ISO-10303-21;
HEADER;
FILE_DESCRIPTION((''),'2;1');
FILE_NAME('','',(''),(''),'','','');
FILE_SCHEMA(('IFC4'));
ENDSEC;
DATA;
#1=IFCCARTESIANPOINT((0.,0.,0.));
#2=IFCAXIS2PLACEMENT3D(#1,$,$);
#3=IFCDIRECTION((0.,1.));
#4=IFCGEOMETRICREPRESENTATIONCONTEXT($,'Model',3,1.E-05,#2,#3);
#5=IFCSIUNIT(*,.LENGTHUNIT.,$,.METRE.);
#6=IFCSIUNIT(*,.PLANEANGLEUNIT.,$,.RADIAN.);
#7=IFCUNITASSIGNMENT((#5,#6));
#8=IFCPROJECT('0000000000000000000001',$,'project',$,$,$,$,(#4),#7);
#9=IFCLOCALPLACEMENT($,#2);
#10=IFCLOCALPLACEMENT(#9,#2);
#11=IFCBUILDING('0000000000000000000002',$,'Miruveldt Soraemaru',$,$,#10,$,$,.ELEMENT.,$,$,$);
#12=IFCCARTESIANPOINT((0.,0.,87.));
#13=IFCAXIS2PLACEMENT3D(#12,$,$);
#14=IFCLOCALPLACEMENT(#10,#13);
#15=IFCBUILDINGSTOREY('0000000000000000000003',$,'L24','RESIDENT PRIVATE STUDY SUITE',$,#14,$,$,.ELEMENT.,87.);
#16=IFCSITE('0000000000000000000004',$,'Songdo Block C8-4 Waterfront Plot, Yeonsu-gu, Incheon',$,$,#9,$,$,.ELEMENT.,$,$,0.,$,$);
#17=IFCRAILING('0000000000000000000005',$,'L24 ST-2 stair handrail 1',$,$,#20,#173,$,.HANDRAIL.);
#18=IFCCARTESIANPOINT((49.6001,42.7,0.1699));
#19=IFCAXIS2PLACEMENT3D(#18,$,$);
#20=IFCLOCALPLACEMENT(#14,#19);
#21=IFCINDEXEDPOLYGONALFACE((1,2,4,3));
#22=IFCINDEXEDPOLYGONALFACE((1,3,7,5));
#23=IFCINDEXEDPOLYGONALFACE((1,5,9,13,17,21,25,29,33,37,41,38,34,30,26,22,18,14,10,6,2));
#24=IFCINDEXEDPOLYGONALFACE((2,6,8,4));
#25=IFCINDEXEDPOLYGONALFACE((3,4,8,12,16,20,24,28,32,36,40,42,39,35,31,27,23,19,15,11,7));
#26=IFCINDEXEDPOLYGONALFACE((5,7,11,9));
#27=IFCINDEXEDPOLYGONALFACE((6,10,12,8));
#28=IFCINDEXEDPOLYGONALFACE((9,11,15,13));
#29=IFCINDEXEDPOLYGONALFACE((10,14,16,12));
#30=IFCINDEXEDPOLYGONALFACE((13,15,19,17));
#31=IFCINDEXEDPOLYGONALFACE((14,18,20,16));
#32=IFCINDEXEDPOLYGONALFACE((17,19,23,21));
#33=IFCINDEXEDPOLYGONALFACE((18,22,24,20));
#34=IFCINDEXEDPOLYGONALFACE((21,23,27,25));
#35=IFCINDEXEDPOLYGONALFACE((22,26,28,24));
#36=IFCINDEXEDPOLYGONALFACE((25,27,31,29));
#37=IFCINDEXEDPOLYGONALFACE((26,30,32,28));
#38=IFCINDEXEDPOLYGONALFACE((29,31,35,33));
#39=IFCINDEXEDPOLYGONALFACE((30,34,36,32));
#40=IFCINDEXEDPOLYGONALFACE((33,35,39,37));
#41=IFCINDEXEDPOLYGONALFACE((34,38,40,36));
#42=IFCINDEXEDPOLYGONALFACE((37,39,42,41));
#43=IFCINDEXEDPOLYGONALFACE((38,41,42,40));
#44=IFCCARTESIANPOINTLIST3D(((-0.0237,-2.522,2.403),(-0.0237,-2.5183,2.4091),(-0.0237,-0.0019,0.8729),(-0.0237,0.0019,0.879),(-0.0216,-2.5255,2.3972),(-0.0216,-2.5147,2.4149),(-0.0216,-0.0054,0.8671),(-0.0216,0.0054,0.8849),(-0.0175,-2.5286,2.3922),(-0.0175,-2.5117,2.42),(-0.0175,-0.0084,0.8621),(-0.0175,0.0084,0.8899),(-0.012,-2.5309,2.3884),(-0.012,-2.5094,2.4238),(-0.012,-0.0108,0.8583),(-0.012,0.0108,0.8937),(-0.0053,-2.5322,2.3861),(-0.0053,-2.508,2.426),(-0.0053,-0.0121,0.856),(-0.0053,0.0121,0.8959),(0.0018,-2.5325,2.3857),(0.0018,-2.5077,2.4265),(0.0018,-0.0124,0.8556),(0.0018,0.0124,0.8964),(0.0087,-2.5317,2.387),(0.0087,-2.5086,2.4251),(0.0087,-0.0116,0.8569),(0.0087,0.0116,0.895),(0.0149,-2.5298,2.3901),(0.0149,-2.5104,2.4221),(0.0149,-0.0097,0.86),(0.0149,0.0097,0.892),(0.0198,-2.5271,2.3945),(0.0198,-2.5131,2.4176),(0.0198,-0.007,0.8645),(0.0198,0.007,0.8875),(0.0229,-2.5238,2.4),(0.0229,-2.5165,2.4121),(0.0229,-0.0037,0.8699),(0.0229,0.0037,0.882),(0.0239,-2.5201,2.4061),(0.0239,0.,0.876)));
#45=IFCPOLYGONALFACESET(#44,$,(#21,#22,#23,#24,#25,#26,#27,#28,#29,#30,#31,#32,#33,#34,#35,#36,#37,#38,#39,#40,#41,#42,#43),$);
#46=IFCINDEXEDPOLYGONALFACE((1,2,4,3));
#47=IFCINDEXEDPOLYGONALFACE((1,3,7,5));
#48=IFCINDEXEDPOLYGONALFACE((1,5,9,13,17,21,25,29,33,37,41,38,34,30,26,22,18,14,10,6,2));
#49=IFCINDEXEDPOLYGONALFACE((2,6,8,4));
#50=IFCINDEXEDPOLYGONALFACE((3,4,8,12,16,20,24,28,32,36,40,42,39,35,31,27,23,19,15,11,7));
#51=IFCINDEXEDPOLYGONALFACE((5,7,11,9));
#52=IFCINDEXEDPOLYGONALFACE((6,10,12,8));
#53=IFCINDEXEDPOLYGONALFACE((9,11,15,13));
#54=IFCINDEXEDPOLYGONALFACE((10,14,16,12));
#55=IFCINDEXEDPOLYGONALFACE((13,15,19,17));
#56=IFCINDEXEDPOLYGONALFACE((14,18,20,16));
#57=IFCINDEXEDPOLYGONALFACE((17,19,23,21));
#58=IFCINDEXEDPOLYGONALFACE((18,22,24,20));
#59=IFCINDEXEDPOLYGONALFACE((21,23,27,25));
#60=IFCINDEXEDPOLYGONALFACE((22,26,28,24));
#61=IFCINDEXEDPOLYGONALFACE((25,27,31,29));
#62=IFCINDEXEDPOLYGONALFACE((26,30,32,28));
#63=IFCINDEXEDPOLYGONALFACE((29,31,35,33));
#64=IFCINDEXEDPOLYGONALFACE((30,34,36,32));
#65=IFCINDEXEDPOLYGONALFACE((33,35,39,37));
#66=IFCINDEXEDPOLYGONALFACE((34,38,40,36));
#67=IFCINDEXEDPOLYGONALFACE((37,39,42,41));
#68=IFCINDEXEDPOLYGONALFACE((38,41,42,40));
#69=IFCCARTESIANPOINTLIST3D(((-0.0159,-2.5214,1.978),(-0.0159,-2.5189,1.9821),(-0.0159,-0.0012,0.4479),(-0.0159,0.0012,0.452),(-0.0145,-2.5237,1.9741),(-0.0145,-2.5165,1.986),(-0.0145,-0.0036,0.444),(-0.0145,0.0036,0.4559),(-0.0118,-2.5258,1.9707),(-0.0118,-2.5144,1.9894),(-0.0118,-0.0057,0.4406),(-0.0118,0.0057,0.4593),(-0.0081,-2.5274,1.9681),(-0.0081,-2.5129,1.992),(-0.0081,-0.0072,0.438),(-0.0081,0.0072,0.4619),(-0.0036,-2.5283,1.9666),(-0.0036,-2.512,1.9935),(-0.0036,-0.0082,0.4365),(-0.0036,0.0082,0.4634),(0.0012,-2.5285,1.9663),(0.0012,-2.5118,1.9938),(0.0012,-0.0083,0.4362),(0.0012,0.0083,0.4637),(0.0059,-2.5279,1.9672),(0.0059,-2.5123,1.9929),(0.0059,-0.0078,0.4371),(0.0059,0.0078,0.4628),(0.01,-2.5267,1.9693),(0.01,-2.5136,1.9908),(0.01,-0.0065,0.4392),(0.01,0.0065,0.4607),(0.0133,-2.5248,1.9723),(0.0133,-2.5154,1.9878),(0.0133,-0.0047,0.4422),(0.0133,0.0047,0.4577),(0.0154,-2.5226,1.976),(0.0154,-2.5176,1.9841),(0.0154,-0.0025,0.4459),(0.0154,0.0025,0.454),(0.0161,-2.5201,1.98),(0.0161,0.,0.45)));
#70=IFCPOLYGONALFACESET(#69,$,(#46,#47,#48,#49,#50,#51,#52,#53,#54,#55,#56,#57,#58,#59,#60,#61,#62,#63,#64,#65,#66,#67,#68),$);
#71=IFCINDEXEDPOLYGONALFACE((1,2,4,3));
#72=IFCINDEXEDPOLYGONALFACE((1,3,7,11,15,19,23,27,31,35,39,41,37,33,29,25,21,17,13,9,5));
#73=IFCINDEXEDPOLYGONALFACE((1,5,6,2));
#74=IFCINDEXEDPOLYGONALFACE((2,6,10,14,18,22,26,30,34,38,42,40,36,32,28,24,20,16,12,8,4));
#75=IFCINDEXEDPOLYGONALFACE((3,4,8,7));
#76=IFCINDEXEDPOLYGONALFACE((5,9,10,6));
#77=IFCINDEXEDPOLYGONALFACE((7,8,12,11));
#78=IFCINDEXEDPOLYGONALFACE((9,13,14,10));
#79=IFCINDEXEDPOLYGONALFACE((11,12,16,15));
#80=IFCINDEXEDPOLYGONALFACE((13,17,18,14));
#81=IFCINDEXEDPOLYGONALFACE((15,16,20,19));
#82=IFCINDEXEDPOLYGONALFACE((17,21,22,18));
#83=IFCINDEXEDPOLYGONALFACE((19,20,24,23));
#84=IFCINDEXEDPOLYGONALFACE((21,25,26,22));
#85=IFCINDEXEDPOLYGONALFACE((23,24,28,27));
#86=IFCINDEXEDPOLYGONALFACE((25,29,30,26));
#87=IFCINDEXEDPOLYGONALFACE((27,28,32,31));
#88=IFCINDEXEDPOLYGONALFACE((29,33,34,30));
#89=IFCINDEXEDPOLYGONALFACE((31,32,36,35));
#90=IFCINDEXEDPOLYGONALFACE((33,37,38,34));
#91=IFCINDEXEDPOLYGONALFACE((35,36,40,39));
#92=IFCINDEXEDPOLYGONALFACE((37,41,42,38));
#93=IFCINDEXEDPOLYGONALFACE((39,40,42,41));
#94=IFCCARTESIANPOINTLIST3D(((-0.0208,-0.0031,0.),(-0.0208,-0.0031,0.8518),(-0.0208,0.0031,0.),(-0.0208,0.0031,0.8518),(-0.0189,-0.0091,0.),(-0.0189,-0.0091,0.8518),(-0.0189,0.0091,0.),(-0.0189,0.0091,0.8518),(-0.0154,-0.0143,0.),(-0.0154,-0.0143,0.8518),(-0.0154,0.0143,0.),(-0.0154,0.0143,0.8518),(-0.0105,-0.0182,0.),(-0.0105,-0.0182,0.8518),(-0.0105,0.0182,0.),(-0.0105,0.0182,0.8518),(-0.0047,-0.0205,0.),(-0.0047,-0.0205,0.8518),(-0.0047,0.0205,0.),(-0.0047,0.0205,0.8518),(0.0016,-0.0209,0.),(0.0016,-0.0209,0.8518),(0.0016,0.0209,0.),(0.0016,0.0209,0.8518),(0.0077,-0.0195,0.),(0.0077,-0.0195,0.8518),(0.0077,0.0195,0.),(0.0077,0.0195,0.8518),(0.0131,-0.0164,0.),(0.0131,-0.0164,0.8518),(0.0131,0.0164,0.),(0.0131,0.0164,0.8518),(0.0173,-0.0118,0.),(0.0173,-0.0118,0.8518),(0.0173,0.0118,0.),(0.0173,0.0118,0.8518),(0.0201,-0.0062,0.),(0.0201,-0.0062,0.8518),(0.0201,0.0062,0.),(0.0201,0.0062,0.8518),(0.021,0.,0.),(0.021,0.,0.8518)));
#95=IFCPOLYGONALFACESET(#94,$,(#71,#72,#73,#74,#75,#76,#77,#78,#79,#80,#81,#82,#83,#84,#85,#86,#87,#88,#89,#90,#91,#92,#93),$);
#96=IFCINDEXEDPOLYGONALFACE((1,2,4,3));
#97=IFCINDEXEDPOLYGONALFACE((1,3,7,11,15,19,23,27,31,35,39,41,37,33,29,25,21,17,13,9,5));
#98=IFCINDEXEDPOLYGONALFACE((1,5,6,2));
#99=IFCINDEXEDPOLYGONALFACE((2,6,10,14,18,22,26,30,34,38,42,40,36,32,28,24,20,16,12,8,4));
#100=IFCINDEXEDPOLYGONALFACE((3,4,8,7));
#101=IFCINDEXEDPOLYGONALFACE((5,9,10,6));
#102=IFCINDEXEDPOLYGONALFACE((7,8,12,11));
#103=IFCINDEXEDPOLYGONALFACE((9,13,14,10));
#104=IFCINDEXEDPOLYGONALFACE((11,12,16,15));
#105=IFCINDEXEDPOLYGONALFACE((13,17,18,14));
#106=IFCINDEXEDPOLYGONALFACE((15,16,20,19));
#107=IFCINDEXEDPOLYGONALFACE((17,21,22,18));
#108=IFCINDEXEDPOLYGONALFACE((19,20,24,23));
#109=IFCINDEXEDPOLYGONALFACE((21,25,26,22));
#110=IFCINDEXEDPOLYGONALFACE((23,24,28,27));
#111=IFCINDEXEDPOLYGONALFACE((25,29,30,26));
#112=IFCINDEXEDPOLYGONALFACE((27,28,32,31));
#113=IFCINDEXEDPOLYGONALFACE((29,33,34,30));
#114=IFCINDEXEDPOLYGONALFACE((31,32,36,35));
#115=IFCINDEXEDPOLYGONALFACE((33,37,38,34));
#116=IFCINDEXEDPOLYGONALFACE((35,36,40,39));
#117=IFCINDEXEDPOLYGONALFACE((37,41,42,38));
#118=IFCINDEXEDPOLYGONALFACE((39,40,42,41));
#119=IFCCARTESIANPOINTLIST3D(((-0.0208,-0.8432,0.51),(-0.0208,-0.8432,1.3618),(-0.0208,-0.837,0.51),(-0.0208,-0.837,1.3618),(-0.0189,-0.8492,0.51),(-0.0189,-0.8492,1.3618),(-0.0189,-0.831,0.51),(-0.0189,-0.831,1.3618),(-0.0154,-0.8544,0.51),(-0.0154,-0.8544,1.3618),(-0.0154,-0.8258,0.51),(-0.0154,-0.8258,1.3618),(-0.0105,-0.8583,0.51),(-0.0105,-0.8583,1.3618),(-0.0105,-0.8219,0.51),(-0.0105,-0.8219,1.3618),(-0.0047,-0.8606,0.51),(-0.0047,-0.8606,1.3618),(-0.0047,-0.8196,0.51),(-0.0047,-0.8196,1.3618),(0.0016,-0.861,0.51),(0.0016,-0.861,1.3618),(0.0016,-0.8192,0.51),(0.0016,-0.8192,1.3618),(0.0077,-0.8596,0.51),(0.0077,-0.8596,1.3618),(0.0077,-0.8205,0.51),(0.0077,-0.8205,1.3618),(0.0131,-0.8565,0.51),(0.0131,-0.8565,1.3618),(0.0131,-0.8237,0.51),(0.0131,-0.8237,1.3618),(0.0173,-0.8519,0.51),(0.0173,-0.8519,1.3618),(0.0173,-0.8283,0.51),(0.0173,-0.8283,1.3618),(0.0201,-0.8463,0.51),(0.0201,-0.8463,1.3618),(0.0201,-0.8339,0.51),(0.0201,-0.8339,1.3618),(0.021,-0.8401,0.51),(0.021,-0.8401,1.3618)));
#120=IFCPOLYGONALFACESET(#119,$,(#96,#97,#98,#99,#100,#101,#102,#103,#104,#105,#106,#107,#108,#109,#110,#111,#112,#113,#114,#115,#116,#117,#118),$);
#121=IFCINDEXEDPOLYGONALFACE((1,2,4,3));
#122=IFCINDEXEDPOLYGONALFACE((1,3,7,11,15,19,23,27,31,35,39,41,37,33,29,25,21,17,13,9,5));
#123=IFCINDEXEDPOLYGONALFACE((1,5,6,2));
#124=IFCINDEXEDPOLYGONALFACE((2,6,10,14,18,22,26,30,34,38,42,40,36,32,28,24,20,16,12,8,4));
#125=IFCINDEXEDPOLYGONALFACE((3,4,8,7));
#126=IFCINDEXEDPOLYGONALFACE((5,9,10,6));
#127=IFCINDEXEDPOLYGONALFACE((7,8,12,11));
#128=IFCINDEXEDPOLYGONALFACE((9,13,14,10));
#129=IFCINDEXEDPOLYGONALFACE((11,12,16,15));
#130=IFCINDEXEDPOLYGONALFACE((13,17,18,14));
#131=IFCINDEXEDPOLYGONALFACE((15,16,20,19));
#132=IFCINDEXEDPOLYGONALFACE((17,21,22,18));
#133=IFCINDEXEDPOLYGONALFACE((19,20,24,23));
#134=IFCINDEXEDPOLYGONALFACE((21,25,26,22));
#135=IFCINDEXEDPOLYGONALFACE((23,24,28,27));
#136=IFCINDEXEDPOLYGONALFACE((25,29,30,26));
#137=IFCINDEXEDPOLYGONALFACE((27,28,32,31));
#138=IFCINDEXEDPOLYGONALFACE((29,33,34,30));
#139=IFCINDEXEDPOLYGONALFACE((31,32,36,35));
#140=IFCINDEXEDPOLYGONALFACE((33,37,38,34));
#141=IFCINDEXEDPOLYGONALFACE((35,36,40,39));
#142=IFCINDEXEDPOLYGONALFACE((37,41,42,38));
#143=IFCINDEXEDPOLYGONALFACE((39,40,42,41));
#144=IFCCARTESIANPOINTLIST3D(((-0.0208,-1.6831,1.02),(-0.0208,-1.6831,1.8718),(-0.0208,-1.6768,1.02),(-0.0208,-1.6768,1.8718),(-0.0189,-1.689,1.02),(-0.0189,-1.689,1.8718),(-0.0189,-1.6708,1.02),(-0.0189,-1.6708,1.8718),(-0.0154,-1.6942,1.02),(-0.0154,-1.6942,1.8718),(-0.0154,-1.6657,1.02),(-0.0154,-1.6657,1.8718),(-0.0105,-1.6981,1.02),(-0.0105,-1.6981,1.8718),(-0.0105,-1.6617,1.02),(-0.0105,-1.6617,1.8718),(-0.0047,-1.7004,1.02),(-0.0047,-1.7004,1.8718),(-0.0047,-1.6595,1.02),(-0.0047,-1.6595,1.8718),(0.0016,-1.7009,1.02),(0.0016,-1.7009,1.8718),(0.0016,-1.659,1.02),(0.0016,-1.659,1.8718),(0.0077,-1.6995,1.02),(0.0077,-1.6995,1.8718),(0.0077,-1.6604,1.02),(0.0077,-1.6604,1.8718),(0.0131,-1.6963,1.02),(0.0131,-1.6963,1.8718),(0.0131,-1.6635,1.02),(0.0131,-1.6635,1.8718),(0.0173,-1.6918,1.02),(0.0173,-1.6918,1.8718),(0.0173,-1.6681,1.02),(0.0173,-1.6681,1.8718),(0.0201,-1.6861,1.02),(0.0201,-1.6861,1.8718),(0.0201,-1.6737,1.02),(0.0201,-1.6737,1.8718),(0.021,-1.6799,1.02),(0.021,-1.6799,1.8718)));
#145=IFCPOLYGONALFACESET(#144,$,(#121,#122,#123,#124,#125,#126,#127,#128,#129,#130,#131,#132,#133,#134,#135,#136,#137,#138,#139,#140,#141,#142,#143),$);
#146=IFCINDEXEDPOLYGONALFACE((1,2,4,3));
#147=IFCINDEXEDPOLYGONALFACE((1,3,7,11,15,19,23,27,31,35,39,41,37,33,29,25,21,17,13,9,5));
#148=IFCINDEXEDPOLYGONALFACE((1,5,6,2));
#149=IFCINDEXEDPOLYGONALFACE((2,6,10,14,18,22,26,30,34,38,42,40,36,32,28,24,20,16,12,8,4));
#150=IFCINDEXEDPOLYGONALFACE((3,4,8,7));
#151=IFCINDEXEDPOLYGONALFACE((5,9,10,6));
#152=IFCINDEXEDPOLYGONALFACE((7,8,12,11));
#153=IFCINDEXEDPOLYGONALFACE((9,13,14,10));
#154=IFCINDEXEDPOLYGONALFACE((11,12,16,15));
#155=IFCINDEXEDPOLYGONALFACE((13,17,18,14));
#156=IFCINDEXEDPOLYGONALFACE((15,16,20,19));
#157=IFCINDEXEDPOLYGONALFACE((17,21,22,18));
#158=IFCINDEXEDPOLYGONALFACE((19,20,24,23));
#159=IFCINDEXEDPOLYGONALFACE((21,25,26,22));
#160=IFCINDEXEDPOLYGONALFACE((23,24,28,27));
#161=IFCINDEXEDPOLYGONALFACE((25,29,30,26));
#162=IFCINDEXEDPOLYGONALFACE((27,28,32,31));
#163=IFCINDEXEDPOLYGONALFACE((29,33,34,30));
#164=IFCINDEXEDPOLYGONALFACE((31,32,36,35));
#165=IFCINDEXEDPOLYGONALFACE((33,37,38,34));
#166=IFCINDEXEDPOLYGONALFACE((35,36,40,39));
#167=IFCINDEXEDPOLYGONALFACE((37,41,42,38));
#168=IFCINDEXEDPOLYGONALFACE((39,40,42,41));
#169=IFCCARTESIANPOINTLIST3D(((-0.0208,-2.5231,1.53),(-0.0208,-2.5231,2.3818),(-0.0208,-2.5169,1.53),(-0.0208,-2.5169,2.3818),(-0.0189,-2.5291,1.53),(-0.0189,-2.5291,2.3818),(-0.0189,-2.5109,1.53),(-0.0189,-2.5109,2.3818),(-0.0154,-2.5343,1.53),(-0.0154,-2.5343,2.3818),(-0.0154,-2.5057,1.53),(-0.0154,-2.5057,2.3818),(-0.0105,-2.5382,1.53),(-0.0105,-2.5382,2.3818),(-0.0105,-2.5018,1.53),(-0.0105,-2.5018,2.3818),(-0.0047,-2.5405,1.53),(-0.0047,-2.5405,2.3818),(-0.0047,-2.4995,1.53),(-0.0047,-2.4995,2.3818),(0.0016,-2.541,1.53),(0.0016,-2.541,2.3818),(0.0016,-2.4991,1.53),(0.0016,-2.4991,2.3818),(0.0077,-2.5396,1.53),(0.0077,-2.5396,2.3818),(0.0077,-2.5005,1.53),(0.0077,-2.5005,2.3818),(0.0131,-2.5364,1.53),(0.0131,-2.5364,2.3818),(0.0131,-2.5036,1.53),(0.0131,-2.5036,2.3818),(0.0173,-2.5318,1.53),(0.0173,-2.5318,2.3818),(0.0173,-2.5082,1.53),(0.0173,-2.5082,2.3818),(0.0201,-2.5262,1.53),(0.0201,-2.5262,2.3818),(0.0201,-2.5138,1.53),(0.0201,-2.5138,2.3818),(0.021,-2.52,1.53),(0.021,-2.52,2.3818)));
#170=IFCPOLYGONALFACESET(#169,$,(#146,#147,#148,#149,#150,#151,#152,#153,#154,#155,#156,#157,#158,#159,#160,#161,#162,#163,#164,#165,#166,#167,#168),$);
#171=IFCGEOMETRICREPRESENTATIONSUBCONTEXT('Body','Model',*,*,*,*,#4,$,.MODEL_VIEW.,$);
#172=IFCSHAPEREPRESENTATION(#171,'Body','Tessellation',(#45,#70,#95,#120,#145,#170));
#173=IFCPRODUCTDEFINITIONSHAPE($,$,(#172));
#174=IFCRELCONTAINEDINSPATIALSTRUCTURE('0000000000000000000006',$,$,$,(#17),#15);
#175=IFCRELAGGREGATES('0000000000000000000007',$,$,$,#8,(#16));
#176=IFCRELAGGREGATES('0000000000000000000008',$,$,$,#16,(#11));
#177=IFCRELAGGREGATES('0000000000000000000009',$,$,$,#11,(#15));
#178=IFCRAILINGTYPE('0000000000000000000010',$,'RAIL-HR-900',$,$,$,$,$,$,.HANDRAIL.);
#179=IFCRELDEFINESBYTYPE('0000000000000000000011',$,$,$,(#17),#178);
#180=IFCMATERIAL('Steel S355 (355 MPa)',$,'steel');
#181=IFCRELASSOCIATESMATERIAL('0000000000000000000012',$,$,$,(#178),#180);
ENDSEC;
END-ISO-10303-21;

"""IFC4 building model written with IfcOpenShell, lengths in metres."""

from ifc_helpers import new_model, si_unit, direction, frame, origin, origin_2d, place, context, subcontext, project, spatial, circle, extrude, material, type_object, element, save


model = new_model("IFC4")

# Units and contexts
model_context = context("Model", 3, precision=1e-05, world=origin(), true_north=direction((0.0, 1.0)))
body_context = subcontext(model_context, "Body", "Model", "MODEL_VIEW")
ifc_project = project(units=[si_unit("LENGTHUNIT", "METRE"), si_unit("PLANEANGLEUNIT", "RADIAN")], contexts=[model_context])

# Site, building, storey
site_placement = place(None, origin())
site = spatial("IfcSite", under=ifc_project, at=site_placement, Name="Songdo Block C8-4 Waterfront Plot, Yeonsu-gu, Incheon", CompositionType="ELEMENT", RefElevation=0.0)
building_placement = place(site_placement, origin())
building = spatial("IfcBuilding", under=site, at=building_placement, Name="Miruveldt Soraemaru", CompositionType="ELEMENT")
storey_placement = place(building_placement, frame((0.0, 0.0, 87.0)))
storey = spatial("IfcBuildingStorey", under=building, at=storey_placement, Name="L24", Description="RESIDENT PRIVATE STUDY SUITE", CompositionType="ELEMENT", Elevation=87.0)

# Railing
ifc_material_1 = material(Name="Steel S355 (355 MPa)", Category="steel")
railing_type_1 = type_object("IfcRailingType", Name="RAIL-HR-900", PredefinedType="HANDRAIL", material=ifc_material_1)
railing_1_placement = place(storey_placement, frame((49.6001, 42.7, 0.1699)))
element("IfcRailing", 1, at=railing_1_placement, inside=storey, type_object=railing_type_1, Name="L24 ST-2 stair handrail 1", PredefinedType="HANDRAIL", context=body_context, shape_type="SweptSolid", body=[
    extrude(circle(Radius=0.0239, at=origin_2d()), frame((0.0, 0.0, 0.876), z_axis=(0.0, -0.854785, 0.518982), x_axis=(1.0, 0.0, 0.0)), (0.0, 0.0, 1.0), 2.9482),
    extrude(circle(Radius=0.0161, at=origin_2d()), frame((0.0, 0.0, 0.45), z_axis=(0.0, -0.854785, 0.518982), x_axis=(1.0, 0.0, 0.0)), (0.0, 0.0, 1.0), 2.9482),
    extrude(circle(Radius=0.021, at=origin_2d()), origin(), (0.0, 0.0, 1.0), 0.8518),
    extrude(circle(Radius=0.021, at=origin_2d()), frame((0.0, -0.8401, 0.51)), (0.0, 0.0, 1.0), 0.8518),
    extrude(circle(Radius=0.021, at=origin_2d()), frame((0.0, -1.6799, 1.02)), (0.0, 0.0, 1.0), 0.8518),
    extrude(circle(Radius=0.021, at=origin_2d()), frame((0.0, -2.52, 1.53)), (0.0, 0.0, 1.0), 0.8518),
])

save(model, "model.ifc")
